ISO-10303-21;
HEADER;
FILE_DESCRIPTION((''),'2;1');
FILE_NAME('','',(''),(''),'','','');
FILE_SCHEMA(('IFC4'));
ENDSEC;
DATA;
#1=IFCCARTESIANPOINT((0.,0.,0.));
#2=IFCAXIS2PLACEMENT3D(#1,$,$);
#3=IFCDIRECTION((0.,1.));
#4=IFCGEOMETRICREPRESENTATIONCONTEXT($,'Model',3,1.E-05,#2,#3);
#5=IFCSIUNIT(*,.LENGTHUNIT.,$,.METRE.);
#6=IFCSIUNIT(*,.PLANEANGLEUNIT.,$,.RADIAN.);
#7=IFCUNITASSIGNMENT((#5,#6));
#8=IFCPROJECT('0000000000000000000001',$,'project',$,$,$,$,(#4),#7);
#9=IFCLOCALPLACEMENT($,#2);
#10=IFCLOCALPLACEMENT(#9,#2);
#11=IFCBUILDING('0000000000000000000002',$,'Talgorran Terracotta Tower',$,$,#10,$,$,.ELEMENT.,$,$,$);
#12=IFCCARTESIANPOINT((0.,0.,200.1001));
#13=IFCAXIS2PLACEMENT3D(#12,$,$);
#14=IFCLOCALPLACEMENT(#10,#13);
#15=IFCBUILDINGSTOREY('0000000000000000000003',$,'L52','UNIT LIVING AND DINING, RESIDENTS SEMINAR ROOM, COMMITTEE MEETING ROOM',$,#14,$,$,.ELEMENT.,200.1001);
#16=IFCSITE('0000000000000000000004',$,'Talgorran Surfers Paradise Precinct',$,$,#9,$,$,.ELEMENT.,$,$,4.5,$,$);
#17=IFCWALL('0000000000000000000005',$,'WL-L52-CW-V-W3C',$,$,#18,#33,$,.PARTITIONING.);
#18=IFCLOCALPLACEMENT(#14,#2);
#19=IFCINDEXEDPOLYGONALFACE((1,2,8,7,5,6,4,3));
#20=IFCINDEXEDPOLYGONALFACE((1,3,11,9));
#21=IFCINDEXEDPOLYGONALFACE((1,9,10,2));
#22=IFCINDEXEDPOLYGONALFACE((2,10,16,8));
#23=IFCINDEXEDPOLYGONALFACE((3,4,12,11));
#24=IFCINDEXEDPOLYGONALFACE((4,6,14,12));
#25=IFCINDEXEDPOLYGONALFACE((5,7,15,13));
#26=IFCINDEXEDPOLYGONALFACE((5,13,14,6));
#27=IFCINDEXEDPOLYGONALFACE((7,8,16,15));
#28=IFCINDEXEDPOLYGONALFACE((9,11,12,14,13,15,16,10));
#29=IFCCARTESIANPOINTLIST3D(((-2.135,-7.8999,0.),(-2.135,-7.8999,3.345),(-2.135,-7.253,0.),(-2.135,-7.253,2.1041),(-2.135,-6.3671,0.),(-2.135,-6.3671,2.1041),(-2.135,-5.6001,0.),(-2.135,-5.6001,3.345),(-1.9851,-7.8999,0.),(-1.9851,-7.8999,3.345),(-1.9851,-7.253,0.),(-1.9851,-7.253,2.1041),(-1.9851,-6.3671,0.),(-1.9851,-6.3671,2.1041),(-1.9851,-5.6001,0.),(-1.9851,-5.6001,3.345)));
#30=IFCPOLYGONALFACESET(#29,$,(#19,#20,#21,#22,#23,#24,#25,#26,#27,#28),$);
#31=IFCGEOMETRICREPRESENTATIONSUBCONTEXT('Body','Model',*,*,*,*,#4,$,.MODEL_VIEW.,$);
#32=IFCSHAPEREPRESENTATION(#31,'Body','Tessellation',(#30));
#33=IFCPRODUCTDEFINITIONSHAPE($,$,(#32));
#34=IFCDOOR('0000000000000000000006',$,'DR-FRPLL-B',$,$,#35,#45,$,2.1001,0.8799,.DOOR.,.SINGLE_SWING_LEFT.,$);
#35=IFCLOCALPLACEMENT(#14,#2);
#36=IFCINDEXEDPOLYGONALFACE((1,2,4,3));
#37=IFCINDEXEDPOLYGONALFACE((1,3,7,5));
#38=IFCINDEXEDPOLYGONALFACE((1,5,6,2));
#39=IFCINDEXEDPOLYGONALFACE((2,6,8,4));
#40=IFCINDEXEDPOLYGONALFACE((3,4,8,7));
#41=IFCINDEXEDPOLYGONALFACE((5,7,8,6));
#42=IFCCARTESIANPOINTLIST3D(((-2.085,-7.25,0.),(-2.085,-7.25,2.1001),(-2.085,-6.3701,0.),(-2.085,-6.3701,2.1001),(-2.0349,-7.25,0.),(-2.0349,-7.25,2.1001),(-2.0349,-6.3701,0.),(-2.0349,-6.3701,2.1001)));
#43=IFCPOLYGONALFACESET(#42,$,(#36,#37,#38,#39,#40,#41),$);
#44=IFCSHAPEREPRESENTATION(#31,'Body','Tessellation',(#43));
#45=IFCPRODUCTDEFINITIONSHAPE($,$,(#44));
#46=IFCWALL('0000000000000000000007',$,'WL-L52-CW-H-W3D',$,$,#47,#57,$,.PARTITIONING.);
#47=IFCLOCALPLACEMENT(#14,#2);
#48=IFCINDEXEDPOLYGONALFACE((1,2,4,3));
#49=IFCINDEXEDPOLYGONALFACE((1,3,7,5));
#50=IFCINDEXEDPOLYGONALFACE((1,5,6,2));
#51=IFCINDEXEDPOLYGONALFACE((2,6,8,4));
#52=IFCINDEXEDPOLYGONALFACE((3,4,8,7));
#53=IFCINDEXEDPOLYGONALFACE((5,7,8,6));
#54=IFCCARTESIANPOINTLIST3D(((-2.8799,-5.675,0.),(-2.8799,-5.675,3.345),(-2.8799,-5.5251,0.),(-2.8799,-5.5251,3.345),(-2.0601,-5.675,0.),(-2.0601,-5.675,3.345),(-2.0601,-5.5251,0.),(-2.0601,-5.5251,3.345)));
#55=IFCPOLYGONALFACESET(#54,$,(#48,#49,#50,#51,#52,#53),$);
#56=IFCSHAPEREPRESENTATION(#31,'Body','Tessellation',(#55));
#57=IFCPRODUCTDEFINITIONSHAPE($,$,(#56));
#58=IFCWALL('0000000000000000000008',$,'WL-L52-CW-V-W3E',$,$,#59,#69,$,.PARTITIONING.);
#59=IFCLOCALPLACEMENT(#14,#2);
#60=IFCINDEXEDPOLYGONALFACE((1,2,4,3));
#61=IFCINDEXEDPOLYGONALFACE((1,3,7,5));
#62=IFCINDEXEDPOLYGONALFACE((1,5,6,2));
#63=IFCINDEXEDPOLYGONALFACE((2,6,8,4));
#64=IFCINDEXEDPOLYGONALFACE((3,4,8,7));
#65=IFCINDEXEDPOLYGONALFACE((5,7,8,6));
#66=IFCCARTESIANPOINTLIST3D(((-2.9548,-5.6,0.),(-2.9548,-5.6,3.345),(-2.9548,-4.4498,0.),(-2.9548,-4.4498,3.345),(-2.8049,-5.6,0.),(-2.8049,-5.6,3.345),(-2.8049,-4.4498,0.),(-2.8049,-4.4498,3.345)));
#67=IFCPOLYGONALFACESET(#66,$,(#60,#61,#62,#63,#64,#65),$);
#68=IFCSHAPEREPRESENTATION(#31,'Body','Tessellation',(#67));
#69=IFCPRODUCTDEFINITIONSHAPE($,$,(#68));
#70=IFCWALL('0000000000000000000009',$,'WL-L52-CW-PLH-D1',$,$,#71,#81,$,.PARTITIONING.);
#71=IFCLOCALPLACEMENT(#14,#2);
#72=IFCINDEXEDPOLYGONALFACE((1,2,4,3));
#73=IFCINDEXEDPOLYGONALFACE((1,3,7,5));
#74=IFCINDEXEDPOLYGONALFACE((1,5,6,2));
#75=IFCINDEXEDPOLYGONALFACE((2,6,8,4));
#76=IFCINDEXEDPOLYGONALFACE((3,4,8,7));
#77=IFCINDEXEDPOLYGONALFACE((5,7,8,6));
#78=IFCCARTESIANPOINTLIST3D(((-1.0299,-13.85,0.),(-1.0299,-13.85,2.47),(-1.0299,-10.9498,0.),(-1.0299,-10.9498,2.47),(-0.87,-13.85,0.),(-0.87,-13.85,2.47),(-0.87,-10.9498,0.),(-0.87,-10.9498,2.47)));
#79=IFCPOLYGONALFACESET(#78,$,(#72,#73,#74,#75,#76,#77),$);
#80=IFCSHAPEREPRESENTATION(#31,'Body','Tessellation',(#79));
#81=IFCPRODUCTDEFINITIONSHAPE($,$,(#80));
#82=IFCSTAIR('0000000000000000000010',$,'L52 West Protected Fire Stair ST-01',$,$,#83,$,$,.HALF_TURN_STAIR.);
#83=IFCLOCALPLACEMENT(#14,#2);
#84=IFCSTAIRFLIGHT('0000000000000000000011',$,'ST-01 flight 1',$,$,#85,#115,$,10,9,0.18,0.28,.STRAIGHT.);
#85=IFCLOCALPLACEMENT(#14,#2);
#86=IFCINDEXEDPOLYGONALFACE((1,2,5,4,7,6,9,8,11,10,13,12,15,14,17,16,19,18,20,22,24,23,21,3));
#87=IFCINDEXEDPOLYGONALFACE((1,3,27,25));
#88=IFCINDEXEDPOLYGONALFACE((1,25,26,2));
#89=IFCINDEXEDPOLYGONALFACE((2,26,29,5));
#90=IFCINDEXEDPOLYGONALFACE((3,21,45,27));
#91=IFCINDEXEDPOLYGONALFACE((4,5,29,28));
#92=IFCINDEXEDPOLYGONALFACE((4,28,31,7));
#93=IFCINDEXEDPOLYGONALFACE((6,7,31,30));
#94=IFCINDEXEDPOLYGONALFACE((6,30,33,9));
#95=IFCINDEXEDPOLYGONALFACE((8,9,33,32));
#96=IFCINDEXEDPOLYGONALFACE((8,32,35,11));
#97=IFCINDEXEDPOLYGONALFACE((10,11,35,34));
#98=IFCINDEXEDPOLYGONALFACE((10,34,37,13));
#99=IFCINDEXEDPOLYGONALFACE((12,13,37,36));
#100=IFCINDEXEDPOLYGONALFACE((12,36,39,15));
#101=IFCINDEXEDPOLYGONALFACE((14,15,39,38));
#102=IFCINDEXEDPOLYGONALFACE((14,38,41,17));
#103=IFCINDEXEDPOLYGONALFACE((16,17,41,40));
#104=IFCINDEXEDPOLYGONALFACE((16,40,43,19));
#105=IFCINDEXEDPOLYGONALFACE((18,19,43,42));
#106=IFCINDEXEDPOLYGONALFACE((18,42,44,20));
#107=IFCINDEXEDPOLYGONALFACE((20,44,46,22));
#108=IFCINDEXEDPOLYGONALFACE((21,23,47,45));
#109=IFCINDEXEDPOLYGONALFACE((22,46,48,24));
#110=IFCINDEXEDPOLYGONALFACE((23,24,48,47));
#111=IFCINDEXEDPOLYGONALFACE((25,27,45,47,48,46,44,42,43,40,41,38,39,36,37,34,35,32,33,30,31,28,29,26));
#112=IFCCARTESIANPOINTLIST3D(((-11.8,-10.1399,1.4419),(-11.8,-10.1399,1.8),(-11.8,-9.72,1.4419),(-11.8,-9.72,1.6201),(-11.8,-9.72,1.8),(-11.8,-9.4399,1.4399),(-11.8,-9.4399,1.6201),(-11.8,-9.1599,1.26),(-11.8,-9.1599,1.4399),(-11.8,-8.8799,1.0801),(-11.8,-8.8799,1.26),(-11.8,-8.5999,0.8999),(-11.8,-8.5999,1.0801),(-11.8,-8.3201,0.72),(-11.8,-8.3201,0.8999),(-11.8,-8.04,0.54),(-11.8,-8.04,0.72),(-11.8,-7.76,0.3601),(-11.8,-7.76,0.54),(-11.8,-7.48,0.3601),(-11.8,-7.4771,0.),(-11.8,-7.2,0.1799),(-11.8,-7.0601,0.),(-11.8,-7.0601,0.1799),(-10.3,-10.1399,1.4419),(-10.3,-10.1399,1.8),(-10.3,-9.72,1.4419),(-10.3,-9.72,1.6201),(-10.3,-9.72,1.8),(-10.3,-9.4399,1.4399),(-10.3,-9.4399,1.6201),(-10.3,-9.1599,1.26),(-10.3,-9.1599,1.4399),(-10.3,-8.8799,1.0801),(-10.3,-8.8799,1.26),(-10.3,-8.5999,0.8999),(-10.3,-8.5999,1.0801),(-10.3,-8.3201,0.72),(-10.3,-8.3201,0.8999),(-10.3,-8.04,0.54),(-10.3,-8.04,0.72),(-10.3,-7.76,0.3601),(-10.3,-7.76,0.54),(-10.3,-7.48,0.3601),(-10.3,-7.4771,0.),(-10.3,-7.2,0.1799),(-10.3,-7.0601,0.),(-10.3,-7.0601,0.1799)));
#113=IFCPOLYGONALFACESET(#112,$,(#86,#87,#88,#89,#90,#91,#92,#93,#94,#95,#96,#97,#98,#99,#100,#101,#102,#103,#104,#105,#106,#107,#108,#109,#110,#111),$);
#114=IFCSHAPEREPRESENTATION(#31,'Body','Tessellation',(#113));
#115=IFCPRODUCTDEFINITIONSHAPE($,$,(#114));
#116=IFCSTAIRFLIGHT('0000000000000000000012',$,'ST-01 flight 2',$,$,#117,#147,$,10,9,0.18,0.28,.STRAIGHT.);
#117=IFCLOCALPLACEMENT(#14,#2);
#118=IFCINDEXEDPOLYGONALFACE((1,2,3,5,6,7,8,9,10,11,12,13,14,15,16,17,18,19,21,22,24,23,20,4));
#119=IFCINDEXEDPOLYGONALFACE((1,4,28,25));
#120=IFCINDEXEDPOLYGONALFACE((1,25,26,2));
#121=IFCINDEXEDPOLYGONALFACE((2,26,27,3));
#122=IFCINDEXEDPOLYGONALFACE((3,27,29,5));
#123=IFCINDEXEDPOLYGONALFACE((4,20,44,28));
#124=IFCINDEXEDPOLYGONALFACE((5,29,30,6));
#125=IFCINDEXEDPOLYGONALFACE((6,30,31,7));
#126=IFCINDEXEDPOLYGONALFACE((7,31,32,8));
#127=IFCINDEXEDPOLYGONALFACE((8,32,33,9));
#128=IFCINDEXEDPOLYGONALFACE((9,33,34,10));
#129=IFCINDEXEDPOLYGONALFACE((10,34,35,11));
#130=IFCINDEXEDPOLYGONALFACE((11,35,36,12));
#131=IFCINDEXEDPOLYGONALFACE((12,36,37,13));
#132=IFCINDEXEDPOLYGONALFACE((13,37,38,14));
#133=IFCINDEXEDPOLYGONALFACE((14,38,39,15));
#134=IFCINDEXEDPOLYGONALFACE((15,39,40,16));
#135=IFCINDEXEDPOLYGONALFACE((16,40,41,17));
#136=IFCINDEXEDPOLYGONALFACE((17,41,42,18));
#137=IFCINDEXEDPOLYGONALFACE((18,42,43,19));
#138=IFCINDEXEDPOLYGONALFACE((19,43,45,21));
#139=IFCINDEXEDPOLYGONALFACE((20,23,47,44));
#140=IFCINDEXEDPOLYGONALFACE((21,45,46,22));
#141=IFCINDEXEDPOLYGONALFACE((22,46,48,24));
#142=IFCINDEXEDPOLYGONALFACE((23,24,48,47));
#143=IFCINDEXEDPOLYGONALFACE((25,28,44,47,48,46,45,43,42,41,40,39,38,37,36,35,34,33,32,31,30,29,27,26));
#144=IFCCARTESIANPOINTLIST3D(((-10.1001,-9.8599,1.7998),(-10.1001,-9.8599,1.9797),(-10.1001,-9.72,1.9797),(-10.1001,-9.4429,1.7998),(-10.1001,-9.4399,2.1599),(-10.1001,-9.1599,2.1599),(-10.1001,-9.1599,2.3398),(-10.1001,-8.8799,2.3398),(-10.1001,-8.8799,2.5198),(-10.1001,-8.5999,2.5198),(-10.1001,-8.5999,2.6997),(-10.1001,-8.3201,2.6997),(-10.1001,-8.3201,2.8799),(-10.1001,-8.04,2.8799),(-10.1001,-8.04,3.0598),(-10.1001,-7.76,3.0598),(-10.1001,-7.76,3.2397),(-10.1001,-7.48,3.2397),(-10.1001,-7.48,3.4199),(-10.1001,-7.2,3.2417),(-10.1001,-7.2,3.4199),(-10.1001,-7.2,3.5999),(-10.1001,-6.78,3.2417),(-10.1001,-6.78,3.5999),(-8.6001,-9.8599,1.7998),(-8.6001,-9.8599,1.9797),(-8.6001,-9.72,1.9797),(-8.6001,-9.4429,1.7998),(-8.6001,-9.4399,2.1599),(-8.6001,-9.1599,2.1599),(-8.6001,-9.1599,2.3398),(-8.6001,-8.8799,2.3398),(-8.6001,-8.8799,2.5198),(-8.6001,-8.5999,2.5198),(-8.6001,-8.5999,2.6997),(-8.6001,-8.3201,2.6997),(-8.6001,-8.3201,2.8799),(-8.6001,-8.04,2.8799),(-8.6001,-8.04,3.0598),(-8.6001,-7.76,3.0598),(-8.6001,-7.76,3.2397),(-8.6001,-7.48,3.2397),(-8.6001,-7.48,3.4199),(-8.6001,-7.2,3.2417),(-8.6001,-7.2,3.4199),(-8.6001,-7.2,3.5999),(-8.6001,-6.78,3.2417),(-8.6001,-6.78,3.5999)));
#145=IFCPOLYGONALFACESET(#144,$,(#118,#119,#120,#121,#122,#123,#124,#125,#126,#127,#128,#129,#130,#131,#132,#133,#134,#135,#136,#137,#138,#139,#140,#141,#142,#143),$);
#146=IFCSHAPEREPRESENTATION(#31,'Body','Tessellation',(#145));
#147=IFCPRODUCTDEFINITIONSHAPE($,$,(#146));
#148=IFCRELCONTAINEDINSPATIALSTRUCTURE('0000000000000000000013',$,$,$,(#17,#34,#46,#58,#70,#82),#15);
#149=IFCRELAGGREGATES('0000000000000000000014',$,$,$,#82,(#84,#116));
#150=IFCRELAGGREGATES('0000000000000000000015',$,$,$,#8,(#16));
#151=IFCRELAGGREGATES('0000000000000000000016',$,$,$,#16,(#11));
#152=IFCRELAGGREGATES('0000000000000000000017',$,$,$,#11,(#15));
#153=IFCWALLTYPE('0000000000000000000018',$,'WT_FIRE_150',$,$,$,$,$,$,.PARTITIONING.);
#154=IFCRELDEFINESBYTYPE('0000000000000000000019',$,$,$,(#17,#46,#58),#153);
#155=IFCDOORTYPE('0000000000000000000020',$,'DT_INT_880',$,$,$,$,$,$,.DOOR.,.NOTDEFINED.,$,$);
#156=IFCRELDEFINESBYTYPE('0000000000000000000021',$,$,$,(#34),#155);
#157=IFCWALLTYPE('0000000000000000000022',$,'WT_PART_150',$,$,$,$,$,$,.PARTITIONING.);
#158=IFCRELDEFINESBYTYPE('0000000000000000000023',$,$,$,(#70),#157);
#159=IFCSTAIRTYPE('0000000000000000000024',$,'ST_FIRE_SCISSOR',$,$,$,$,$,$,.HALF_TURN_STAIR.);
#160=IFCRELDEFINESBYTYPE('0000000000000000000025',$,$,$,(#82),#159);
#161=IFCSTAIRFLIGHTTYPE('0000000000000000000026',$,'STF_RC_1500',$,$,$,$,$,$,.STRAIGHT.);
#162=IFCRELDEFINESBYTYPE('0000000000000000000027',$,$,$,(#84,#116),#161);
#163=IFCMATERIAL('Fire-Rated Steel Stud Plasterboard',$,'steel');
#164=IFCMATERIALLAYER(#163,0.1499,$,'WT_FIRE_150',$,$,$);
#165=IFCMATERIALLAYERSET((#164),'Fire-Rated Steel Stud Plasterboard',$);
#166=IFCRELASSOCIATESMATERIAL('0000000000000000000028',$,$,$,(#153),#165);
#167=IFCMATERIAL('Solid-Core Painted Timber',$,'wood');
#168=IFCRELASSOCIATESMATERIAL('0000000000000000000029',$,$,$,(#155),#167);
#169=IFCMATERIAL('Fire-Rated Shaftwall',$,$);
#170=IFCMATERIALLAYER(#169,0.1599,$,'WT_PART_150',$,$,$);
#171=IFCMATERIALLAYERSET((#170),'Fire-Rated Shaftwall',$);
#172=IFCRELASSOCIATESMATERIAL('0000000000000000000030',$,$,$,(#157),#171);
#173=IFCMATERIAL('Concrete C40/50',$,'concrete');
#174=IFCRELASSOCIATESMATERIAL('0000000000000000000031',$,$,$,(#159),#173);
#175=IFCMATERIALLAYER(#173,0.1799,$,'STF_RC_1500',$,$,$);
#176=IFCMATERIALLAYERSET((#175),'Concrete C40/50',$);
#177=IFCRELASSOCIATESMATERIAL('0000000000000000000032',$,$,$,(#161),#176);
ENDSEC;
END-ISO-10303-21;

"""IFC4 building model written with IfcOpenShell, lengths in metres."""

from ifc_helpers import new_model, si_unit, direction, frame, frame_2d, origin, place, context, subcontext, project, spatial, polyline, rectangle, outline, extrude, material, layer, layer_set, type_object, element, fill, aggregate, save


model = new_model("IFC4")

# Units and contexts
model_context = context("Model", 3, precision=1e-05, world=origin(), true_north=direction((0.0, 1.0)))
body_context = subcontext(model_context, "Body", "Model", "MODEL_VIEW")
ifc_project = project(units=[si_unit("LENGTHUNIT", "METRE"), si_unit("PLANEANGLEUNIT", "RADIAN")], contexts=[model_context])

# Site, building, storey
site_placement = place(None, origin())
site = spatial("IfcSite", under=ifc_project, at=site_placement, Name="Talgorran Surfers Paradise Precinct", CompositionType="ELEMENT", RefElevation=4.5)
building_placement = place(site_placement, origin())
building = spatial("IfcBuilding", under=site, at=building_placement, Name="Talgorran Terracotta Tower", CompositionType="ELEMENT")
storey_placement = place(building_placement, frame((0.0, 0.0, 200.1001)))
storey = spatial("IfcBuildingStorey", under=building, at=storey_placement, Name="L52", Description="UNIT LIVING AND DINING, RESIDENTS SEMINAR ROOM, COMMITTEE MEETING ROOM", CompositionType="ELEMENT", Elevation=200.1001)

# Shared definitions
ifc_material_1 = material(Name="Fire-Rated Steel Stud Plasterboard", Category="steel")
ifc_layer_1 = layer(ifc_material_1, 0.1499, Name="WT_FIRE_150")
ifc_layer_set_1 = layer_set([ifc_layer_1], Name="Fire-Rated Steel Stud Plasterboard")
wall_type_1 = type_object("IfcWallType", Name="WT_FIRE_150", PredefinedType="PARTITIONING", material=ifc_layer_set_1)

# Wall, opening, door
wall_1_placement = place(storey_placement, frame((-2.0601, -7.8999, 0.0), z_axis=(0.0, 0.0, 1.0), x_axis=(0.0, 1.0, 0.0)))
wall_1 = element("IfcWall", 1, at=wall_1_placement, inside=storey, type_object=wall_type_1, Name="WL-L52-CW-V-W3C", PredefinedType="PARTITIONING", context=body_context, shape_type="SweptSolid", body=[
    extrude(rectangle(XDim=2.2998, YDim=0.1499, at=frame_2d((1.1499, 0.0))), origin(), (0.0, 0.0, 1.0), 3.345),
])
opening_1_placement = place(wall_1_placement, frame((0.6499, 0.0, 0.0)))
opening_1 = element("IfcOpeningElement", 2, at=opening_1_placement, cuts=wall_1, PredefinedType="OPENING", context=body_context, shape_type="SweptSolid", body=[
    extrude(rectangle(XDim=0.8859, YDim=2.1041, at=frame_2d((0.4399, 1.052))), frame((0.0, 0.085, 0.0), z_axis=(0.0, -1.0, 0.0), x_axis=(1.0, 0.0, 0.0)), (0.0, 0.0, 1.0), 0.1699),
])
ifc_material_2 = material(Name="Solid-Core Painted Timber", Category="wood")
door_type_1 = type_object("IfcDoorType", Name="DT_INT_880", OperationType="NOTDEFINED", PredefinedType="DOOR", material=ifc_material_2)
door_1_placement = place(opening_1_placement, origin())
door_1 = element("IfcDoor", 3, at=door_1_placement, inside=storey, type_object=door_type_1, Name="DR-FRPLL-B", OperationType="SINGLE_SWING_LEFT", OverallHeight=2.1001, OverallWidth=0.8799, PredefinedType="DOOR", context=body_context, shape_type="SweptSolid", body=[
    extrude(rectangle(XDim=0.8799, YDim=2.1001, at=frame_2d((0.4399, 1.05))), frame((0.0, 0.0249, 0.0), z_axis=(0.0, -1.0, 0.0), x_axis=(1.0, 0.0, 0.0)), (0.0, 0.0, 1.0), 0.05),
])
fill(opening_1, door_1)

# Walls
wall_2_placement = place(storey_placement, frame((-2.8799, -5.6001, 0.0), z_axis=(0.0, 0.0, 1.0), x_axis=(1.0, 0.0, 0.0)))
element("IfcWall", 4, at=wall_2_placement, inside=storey, type_object=wall_type_1, Name="WL-L52-CW-H-W3D", PredefinedType="PARTITIONING", context=body_context, shape_type="SweptSolid", body=[
    extrude(rectangle(XDim=0.8198, YDim=0.1499, at=frame_2d((0.4099, 0.0))), origin(), (0.0, 0.0, 1.0), 3.345),
])
wall_3_placement = place(storey_placement, frame((-2.8799, -5.6001, 0.0), z_axis=(0.0, 0.0, 1.0), x_axis=(0.0, 1.0, 0.0)))
element("IfcWall", 5, at=wall_3_placement, inside=storey, type_object=wall_type_1, Name="WL-L52-CW-V-W3E", PredefinedType="PARTITIONING", context=body_context, shape_type="SweptSolid", body=[
    extrude(rectangle(XDim=1.1501, YDim=0.1499, at=frame_2d((0.5752, 0.0))), origin(), (0.0, 0.0, 1.0), 3.345),
])
ifc_material_3 = material(Name="Fire-Rated Shaftwall")
ifc_layer_2 = layer(ifc_material_3, 0.1599, Name="WT_PART_150")
ifc_layer_set_2 = layer_set([ifc_layer_2], Name="Fire-Rated Shaftwall")
wall_type_2 = type_object("IfcWallType", Name="WT_PART_150", PredefinedType="PARTITIONING", material=ifc_layer_set_2)
wall_4_placement = place(storey_placement, frame((-0.95, -13.8501, 0.0), z_axis=(0.0, 0.0, 1.0), x_axis=(0.0, 1.0, 0.0)))
element("IfcWall", 6, at=wall_4_placement, inside=storey, type_object=wall_type_2, Name="WL-L52-CW-PLH-D1", PredefinedType="PARTITIONING", context=body_context, shape_type="SweptSolid", body=[
    extrude(rectangle(XDim=2.9001, YDim=0.1599, at=frame_2d((1.4502, 0.0))), origin(), (0.0, 0.0, 1.0), 2.47),
])

# Stair, stair flights
ifc_material_4 = material(Name="Concrete C40/50", Category="concrete")
stair_type = type_object("IfcStairType", Name="ST_FIRE_SCISSOR", PredefinedType="HALF_TURN_STAIR", material=ifc_material_4)
stair_placement = place(storey_placement, origin())
stair = element("IfcStair", 7, at=stair_placement, inside=storey, type_object=stair_type, Name="L52 West Protected Fire Stair ST-01", PredefinedType="HALF_TURN_STAIR")
ifc_layer_3 = layer(ifc_material_4, 0.1799, Name="STF_RC_1500")
ifc_layer_set_3 = layer_set([ifc_layer_3], Name="Concrete C40/50")
stair_flight_type = type_object("IfcStairFlightType", Name="STF_RC_1500", PredefinedType="STRAIGHT", material=ifc_layer_set_3)
stair_flight_1_placement = place(storey_placement, frame((-11.05, -7.2, 0.0), z_axis=(0.0, 0.0, 1.0), x_axis=(0.0, -1.0, 0.0)))
stair_flight_1 = element("IfcStairFlight", 8, at=stair_flight_1_placement, type_object=stair_flight_type, Name="ST-01 flight 1", NumberOfRisers=10, NumberOfTreads=9, PredefinedType="STRAIGHT", RiserHeight=0.18, TreadLength=0.28, context=body_context, shape_type="SweptSolid", body=[
    extrude(outline(polyline([(-0.1399, 0.0), (-0.1399, 0.1799), (0.0, 0.1799), (0.28, 0.3601), (0.5601, 0.3601), (0.5601, 0.54), (0.8401, 0.54), (0.8401, 0.72), (1.1201, 0.72), (1.1201, 0.8999), (1.3999, 0.8999), (1.3999, 1.0801), (1.6799, 1.0801), (1.6799, 1.26), (1.96, 1.26), (1.96, 1.4399), (2.24, 1.4399), (2.24, 1.6201), (2.52, 1.6201), (2.52, 1.8), (2.9399, 1.8), (2.9399, 1.4419), (2.52, 1.4419), (0.2771, 0.0), (-0.1399, 0.0)])), frame((0.0, 0.75, 0.0), z_axis=(0.0, -1.0, 0.0), x_axis=(1.0, 0.0, 0.0)), (0.0, 0.0, 1.0), 1.5),
])
stair_flight_2_placement = place(storey_placement, frame((-9.3501, -9.72, 1.7998), z_axis=(0.0, 0.0, 1.0), x_axis=(0.0, 1.0, 0.0)))
stair_flight_2 = element("IfcStairFlight", 9, at=stair_flight_2_placement, type_object=stair_flight_type, Name="ST-01 flight 2", NumberOfRisers=10, NumberOfTreads=9, PredefinedType="STRAIGHT", RiserHeight=0.18, TreadLength=0.28, context=body_context, shape_type="SweptSolid", body=[
    extrude(outline(polyline([(-0.1399, 0.0), (-0.1399, 0.1799), (0.0, 0.1799), (0.28, 0.3601), (0.5601, 0.3601), (0.5601, 0.54), (0.8401, 0.54), (0.8401, 0.72), (1.1201, 0.72), (1.1201, 0.8999), (1.3999, 0.8999), (1.3999, 1.0801), (1.6799, 1.0801), (1.6799, 1.26), (1.96, 1.26), (1.96, 1.4399), (2.24, 1.4399), (2.24, 1.6201), (2.52, 1.6201), (2.52, 1.8), (2.9399, 1.8), (2.9399, 1.4419), (2.52, 1.4419), (0.2771, 0.0), (-0.1399, 0.0)])), frame((0.0, 0.75, 0.0), z_axis=(0.0, -1.0, 0.0), x_axis=(1.0, 0.0, 0.0)), (0.0, 0.0, 1.0), 1.5),
])
aggregate(stair, [stair_flight_1, stair_flight_2])

save(model, "model.ifc")
